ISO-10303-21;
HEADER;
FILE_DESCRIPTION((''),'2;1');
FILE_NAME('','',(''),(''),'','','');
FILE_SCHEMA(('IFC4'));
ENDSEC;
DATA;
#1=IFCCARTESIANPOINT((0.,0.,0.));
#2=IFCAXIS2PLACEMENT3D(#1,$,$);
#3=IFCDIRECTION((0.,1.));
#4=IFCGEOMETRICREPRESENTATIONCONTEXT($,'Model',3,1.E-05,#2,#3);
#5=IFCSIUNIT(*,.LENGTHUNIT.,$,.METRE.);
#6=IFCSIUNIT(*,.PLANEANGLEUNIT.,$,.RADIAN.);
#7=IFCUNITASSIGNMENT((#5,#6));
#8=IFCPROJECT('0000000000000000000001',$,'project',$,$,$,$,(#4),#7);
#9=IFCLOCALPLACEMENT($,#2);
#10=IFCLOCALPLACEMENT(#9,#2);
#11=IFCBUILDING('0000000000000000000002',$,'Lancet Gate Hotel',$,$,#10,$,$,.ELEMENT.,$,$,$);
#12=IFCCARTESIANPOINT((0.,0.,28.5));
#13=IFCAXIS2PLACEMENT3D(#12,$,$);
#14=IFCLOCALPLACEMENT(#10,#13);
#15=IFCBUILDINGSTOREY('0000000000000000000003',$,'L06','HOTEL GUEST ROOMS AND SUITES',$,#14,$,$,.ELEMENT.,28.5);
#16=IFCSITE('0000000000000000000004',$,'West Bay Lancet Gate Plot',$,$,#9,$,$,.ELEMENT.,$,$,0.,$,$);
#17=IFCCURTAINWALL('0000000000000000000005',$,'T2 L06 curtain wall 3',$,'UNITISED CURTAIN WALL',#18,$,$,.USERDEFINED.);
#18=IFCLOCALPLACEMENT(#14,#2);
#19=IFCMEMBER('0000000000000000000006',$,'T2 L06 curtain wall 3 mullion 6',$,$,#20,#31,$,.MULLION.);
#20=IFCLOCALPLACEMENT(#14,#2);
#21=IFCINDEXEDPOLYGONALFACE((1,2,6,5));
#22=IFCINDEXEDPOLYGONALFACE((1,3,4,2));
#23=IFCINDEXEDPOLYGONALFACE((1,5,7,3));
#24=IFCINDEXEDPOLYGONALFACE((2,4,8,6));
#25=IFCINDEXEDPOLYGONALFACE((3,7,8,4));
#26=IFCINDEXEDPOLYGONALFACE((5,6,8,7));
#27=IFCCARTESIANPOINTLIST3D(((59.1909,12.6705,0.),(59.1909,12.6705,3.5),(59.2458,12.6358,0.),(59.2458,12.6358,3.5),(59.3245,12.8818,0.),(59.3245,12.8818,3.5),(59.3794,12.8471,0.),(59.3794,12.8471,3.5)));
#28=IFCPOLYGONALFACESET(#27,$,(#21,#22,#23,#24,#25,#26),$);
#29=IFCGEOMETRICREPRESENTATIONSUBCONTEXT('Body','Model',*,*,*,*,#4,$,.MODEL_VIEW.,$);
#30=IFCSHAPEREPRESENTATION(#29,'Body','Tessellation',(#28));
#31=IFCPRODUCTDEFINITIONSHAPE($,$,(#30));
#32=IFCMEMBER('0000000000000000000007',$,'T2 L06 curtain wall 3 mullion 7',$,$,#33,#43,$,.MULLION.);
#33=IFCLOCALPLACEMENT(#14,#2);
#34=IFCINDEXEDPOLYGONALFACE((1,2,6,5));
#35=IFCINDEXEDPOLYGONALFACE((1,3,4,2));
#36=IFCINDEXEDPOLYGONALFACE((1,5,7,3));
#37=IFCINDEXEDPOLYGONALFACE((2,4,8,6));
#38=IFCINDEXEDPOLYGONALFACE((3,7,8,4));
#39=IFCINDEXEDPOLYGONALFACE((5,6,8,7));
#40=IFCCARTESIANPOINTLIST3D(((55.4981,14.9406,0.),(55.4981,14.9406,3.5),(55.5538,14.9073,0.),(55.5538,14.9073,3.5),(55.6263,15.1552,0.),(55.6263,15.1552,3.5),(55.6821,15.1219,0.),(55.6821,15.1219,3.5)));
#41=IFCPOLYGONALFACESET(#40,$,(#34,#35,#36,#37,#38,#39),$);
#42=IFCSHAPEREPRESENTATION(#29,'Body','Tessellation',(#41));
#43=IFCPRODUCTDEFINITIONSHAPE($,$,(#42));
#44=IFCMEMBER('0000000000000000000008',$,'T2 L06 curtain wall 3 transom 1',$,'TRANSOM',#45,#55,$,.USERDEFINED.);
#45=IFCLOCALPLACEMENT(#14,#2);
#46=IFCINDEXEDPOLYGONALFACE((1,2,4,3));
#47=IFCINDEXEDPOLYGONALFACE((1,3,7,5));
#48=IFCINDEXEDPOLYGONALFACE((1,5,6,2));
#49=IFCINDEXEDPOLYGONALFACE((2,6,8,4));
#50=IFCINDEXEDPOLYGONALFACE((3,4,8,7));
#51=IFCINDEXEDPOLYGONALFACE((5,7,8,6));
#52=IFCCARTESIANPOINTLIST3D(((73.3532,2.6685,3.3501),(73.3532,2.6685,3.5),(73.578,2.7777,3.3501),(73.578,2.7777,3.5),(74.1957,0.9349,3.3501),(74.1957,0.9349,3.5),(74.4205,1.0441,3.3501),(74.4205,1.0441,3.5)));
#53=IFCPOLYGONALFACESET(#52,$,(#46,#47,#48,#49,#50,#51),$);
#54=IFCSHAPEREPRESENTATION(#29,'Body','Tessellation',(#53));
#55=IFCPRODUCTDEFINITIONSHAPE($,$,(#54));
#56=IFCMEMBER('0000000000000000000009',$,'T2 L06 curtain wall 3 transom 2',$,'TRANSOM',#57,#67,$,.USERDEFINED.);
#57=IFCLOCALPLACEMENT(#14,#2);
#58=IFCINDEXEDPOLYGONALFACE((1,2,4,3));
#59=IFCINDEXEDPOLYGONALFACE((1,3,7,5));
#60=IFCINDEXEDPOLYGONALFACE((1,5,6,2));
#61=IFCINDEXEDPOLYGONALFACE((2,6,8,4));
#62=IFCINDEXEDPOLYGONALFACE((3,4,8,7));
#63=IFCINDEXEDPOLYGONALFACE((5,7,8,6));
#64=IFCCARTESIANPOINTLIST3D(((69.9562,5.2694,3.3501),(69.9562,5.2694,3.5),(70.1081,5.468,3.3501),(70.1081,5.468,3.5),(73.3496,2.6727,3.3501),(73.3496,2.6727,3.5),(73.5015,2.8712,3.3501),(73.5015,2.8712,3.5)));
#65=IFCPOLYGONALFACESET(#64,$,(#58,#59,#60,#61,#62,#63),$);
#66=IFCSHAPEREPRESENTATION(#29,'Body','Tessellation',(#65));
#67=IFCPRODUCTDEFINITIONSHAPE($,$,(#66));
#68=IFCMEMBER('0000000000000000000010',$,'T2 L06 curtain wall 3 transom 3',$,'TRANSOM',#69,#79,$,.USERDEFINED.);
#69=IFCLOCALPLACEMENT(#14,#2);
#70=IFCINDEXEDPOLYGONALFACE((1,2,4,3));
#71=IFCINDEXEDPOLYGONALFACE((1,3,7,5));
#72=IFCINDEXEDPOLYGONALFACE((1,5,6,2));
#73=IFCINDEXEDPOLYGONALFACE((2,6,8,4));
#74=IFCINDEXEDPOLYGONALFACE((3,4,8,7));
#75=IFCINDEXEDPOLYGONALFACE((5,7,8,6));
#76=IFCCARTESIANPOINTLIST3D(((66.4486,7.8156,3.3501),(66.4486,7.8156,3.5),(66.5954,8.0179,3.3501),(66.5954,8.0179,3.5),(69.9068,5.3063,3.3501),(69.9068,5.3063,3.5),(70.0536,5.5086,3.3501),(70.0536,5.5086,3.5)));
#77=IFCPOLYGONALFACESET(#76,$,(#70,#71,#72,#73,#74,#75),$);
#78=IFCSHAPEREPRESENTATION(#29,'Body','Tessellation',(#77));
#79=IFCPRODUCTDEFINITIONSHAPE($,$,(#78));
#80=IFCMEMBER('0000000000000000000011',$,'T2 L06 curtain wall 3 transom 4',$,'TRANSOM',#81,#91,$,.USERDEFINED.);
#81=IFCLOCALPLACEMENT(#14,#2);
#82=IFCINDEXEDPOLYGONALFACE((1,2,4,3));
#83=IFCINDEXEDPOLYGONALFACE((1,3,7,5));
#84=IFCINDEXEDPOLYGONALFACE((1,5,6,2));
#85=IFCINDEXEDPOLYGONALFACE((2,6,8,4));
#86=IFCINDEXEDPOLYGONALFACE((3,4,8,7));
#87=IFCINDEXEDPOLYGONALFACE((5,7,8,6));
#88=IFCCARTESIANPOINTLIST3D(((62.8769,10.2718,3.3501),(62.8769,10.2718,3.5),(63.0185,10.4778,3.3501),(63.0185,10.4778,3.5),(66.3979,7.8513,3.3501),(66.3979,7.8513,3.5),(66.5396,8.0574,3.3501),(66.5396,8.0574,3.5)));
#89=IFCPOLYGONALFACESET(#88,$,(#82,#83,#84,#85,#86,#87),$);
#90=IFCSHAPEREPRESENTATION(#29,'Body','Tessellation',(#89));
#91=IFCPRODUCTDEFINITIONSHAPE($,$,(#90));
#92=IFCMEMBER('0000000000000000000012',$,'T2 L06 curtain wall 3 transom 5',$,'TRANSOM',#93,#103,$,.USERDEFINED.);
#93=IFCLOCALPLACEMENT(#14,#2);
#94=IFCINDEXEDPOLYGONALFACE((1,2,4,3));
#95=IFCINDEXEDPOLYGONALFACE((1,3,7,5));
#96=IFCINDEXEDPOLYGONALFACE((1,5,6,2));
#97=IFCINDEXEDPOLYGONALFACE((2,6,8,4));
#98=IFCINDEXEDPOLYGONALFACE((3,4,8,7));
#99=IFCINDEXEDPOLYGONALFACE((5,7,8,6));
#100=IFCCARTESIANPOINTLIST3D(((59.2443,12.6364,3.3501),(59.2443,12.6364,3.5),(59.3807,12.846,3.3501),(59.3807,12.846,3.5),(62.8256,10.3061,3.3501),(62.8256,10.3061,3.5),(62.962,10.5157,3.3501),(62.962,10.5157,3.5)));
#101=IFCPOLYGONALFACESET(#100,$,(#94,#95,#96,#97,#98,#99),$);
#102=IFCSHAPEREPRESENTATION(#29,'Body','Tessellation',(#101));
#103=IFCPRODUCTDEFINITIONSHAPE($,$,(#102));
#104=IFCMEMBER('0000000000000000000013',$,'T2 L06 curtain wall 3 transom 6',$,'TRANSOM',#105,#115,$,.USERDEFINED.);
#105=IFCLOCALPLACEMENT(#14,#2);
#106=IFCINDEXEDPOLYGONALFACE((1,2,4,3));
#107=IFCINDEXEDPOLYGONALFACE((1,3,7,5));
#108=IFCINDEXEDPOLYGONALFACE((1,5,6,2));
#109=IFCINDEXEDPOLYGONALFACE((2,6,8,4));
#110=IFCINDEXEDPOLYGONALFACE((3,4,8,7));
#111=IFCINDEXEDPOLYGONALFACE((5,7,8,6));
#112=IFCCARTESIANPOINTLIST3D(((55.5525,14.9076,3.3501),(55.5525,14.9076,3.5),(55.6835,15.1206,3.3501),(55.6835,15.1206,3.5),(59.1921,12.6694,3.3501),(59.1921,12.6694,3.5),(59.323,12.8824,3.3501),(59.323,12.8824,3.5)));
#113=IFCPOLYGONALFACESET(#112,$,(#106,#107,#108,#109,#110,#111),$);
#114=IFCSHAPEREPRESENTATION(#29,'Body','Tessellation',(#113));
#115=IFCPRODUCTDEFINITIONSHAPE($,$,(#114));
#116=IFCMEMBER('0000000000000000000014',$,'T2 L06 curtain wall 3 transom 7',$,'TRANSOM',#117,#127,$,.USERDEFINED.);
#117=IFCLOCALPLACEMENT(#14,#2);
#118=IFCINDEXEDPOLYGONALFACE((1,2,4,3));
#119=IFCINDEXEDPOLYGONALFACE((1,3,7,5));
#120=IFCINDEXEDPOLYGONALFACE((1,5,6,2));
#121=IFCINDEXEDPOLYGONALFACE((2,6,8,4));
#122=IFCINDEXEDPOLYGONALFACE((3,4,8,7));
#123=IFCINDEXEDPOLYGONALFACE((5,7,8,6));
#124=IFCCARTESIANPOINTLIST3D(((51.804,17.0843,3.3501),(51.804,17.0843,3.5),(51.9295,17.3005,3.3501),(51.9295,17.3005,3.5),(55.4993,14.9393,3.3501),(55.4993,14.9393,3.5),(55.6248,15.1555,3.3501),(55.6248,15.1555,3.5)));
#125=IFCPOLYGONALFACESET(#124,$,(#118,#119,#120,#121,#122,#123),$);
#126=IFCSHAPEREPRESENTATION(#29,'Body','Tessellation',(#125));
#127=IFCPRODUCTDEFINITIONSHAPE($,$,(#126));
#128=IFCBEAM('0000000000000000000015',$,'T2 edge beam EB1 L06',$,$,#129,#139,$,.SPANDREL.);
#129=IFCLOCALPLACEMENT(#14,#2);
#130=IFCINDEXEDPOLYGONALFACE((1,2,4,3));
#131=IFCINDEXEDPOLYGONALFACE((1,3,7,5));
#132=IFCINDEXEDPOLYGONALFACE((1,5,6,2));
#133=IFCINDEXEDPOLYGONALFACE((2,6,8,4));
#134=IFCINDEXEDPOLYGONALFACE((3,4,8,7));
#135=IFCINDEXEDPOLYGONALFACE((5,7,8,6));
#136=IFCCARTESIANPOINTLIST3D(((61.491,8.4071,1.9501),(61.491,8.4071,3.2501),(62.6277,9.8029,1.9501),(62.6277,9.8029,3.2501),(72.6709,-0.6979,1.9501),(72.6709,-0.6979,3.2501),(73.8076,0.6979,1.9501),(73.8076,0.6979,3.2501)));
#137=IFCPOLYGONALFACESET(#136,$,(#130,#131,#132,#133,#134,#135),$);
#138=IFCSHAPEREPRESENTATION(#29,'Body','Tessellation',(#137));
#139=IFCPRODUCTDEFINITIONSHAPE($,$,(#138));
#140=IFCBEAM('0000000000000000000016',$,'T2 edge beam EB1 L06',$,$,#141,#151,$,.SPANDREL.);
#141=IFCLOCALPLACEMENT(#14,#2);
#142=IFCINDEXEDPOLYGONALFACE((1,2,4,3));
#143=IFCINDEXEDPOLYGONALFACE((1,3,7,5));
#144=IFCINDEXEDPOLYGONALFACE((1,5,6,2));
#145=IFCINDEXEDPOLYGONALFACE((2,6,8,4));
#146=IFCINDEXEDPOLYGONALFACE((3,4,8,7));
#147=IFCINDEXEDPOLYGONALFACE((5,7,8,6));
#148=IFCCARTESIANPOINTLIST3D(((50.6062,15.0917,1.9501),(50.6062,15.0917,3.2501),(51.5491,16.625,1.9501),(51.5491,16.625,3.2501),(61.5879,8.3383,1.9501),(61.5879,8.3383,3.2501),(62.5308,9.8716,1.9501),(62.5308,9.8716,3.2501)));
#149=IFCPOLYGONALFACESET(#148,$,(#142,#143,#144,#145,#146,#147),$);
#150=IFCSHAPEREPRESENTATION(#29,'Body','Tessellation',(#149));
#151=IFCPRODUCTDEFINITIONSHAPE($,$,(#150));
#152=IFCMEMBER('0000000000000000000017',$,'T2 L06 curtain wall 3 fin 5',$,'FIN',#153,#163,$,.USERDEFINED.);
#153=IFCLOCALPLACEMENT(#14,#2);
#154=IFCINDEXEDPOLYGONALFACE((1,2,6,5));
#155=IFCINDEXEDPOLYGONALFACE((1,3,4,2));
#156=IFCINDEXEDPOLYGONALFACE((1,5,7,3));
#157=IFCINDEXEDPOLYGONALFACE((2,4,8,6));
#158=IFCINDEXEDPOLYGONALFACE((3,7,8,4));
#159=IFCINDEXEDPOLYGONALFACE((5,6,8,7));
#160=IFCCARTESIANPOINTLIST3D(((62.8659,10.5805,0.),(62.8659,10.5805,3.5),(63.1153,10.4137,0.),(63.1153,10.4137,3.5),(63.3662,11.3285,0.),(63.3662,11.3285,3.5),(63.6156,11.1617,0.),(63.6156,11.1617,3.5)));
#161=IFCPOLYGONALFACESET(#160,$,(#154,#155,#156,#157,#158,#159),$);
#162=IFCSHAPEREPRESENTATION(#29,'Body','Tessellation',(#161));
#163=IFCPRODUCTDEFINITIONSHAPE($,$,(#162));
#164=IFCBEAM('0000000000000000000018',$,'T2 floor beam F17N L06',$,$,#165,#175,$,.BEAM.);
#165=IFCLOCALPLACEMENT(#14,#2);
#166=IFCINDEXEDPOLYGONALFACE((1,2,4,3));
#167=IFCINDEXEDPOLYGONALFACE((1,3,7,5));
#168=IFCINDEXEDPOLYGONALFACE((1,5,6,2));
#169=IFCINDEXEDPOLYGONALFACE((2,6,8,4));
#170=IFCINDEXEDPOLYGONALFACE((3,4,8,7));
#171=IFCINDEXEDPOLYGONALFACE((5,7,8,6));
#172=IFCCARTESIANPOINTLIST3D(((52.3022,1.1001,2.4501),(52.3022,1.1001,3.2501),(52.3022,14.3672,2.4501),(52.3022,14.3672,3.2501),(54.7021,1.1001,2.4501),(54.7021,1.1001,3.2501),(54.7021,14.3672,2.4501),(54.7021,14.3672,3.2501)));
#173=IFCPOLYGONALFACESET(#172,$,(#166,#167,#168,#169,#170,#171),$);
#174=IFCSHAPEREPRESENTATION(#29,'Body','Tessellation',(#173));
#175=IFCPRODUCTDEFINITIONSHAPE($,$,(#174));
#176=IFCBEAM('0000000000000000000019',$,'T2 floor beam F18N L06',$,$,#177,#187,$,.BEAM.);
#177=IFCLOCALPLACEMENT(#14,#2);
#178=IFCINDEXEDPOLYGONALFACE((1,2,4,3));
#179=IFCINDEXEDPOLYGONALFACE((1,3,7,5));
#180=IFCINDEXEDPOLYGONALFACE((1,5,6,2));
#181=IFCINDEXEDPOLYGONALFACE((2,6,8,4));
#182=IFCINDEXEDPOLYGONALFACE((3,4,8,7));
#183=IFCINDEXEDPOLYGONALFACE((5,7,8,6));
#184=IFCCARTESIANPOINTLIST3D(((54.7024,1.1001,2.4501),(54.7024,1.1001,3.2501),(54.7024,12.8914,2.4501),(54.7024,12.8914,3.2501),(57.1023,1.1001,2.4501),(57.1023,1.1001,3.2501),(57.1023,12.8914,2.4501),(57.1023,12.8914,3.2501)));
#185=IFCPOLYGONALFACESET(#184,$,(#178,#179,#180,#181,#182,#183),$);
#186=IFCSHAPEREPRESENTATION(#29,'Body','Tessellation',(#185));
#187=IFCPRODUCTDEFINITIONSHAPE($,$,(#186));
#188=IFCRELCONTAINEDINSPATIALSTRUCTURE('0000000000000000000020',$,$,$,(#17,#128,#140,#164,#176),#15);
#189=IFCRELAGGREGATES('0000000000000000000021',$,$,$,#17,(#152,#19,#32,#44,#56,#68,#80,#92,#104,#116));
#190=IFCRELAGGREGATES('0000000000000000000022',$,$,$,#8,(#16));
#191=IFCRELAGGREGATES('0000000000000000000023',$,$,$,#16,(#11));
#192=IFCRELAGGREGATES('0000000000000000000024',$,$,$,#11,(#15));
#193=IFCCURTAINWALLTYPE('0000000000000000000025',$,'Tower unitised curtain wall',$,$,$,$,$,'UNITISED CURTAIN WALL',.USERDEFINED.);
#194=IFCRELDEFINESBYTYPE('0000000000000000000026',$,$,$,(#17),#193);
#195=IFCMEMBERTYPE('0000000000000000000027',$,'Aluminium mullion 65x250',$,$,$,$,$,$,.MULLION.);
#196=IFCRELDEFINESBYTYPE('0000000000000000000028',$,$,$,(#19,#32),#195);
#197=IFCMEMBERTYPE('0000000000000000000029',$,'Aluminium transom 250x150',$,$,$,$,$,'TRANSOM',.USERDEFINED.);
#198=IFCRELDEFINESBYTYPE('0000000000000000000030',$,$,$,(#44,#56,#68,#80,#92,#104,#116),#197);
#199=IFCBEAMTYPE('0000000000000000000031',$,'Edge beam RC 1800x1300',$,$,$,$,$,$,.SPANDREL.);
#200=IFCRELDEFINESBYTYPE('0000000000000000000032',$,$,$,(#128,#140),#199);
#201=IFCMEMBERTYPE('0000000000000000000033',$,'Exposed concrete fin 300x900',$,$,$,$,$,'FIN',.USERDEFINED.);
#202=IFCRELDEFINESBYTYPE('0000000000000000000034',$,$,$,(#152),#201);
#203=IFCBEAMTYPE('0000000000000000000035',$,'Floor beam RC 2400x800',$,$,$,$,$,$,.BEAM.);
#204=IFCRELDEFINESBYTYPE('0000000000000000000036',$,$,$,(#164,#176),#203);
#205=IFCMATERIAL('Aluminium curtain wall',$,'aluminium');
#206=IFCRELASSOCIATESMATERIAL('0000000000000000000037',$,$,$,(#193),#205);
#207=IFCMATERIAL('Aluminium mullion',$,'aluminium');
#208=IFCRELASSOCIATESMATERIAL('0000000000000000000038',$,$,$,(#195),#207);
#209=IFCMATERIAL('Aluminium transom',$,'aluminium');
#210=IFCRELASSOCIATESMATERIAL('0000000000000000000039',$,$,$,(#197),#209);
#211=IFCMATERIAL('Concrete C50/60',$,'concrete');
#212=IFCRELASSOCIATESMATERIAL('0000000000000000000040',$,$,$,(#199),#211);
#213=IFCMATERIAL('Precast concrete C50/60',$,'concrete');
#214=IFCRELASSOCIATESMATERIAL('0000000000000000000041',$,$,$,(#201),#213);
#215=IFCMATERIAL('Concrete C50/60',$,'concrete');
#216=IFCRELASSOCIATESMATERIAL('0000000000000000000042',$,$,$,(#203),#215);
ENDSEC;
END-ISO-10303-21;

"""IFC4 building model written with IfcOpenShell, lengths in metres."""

from ifc_helpers import new_model, si_unit, direction, frame, origin, origin_2d, place, context, subcontext, project, spatial, rectangle, extrude, material, material_profile, profile_set, type_object, element, aggregate, save


model = new_model("IFC4")

# Units and contexts
model_context = context("Model", 3, precision=1e-05, world=origin(), true_north=direction((0.0, 1.0)))
body_context = subcontext(model_context, "Body", "Model", "MODEL_VIEW")
ifc_project = project(units=[si_unit("LENGTHUNIT", "METRE"), si_unit("PLANEANGLEUNIT", "RADIAN")], contexts=[model_context])

# Site, building, storey
site_placement = place(None, origin())
site = spatial("IfcSite", under=ifc_project, at=site_placement, Name="West Bay Lancet Gate Plot", CompositionType="ELEMENT", RefElevation=0.0)
building_placement = place(site_placement, origin())
building = spatial("IfcBuilding", under=site, at=building_placement, Name="Lancet Gate Hotel", CompositionType="ELEMENT")
storey_placement = place(building_placement, frame((0.0, 0.0, 28.5)))
storey = spatial("IfcBuildingStorey", under=building, at=storey_placement, Name="L06", Description="HOTEL GUEST ROOMS AND SUITES", CompositionType="ELEMENT", Elevation=28.5)

# Curtain wall, members
ifc_material_1 = material(Name="Aluminium curtain wall", Category="aluminium")
curtain_wall_type = type_object("IfcCurtainWallType", Name="Tower unitised curtain wall", ElementType="UNITISED CURTAIN WALL", PredefinedType="USERDEFINED", material=ifc_material_1)
curtain_wall_placement = place(storey_placement, origin())
curtain_wall = element("IfcCurtainWall", 1, at=curtain_wall_placement, inside=storey, type_object=curtain_wall_type, Name="T2 L06 curtain wall 3", ObjectType="UNITISED CURTAIN WALL", PredefinedType="USERDEFINED")
ifc_material_2 = material(Name="Aluminium mullion", Category="aluminium")
ifc_material_profile_1 = material_profile(ifc_material_2, rectangle(XDim=0.0649, YDim=0.25, at=origin_2d()), Name="MULLION 65x250")
ifc_profile_set_1 = profile_set([ifc_material_profile_1], Name="Aluminium mullion")
member_type_1 = type_object("IfcMemberType", Name="Aluminium mullion 65x250", PredefinedType="MULLION", material=ifc_profile_set_1)
member_1_placement = place(storey_placement, frame((59.2852, 12.7588, 0.0), z_axis=(0.0, 0.0, 1.0), x_axis=(-0.845079, 0.534641, 0.0)))
member_1 = element("IfcMember", 2, at=member_1_placement, type_object=member_type_1, Name="T2 L06 curtain wall 3 mullion 6", PredefinedType="MULLION", context=body_context, shape_type="SweptSolid", body=[
    extrude(rectangle(XDim=0.0649, YDim=0.25, at=origin_2d()), origin(), (0.0, 0.0, 1.0), 3.5),
])
member_2_placement = place(storey_placement, frame((55.5901, 15.0312, 0.0), z_axis=(0.0, 0.0, 1.0), x_axis=(-0.858413, 0.512959, 0.0)))
member_2 = element("IfcMember", 3, at=member_2_placement, type_object=member_type_1, Name="T2 L06 curtain wall 3 mullion 7", PredefinedType="MULLION", context=body_context, shape_type="SweptSolid", body=[
    extrude(rectangle(XDim=0.0649, YDim=0.25, at=origin_2d()), origin(), (0.0, 0.0, 1.0), 3.5),
])
ifc_material_3 = material(Name="Aluminium transom", Category="aluminium")
ifc_material_profile_2 = material_profile(ifc_material_3, rectangle(XDim=0.25, YDim=0.1499, at=origin_2d()), Name="TRANSOM 250x150")
ifc_profile_set_2 = profile_set([ifc_material_profile_2], Name="Aluminium transom")
member_type_2 = type_object("IfcMemberType", Name="Aluminium transom 250x150", ElementType="TRANSOM", PredefinedType="USERDEFINED", material=ifc_profile_set_2)
member_3_placement = place(storey_placement, frame((74.3081, 0.9895, 3.425), z_axis=(-0.437103, 0.899411, 0.0), x_axis=(-0.899411, -0.437103, 0.0)))
member_3 = element("IfcMember", 4, at=member_3_placement, type_object=member_type_2, Name="T2 L06 curtain wall 3 transom 1", ObjectType="TRANSOM", PredefinedType="USERDEFINED", context=body_context, shape_type="SweptSolid", body=[
    extrude(rectangle(XDim=0.25, YDim=0.1499, at=origin_2d()), origin(), (0.0, 0.0, 1.0), 1.9275),
])
member_4_placement = place(storey_placement, frame((73.4255, 2.772, 3.425), z_axis=(-0.794155, 0.607715, 0.0), x_axis=(-0.607715, -0.794155, 0.0)))
member_4 = element("IfcMember", 5, at=member_4_placement, type_object=member_type_2, Name="T2 L06 curtain wall 3 transom 2", ObjectType="TRANSOM", PredefinedType="USERDEFINED", context=body_context, shape_type="SweptSolid", body=[
    extrude(rectangle(XDim=0.25, YDim=0.1499, at=origin_2d()), origin(), (0.0, 0.0, 1.0), 4.2729),
])
member_5_placement = place(storey_placement, frame((69.9802, 5.4075, 3.425), z_axis=(-0.809383, 0.587281, 0.0), x_axis=(-0.587281, -0.809383, 0.0)))
member_5 = element("IfcMember", 6, at=member_5_placement, type_object=member_type_2, Name="T2 L06 curtain wall 3 transom 3", ObjectType="TRANSOM", PredefinedType="USERDEFINED", context=body_context, shape_type="SweptSolid", body=[
    extrude(rectangle(XDim=0.25, YDim=0.1499, at=origin_2d()), origin(), (0.0, 0.0, 1.0), 4.2727),
])
member_6_placement = place(storey_placement, frame((66.4688, 7.9543, 3.425), z_axis=(-0.824072, 0.566485, 0.0), x_axis=(-0.566485, -0.824072, 0.0)))
member_6 = element("IfcMember", 7, at=member_6_placement, type_object=member_type_2, Name="T2 L06 curtain wall 3 transom 4", ObjectType="TRANSOM", PredefinedType="USERDEFINED", context=body_context, shape_type="SweptSolid", body=[
    extrude(rectangle(XDim=0.25, YDim=0.1499, at=origin_2d()), origin(), (0.0, 0.0, 1.0), 4.2727),
])
member_7_placement = place(storey_placement, frame((62.8938, 10.4109, 3.425), z_axis=(-0.838179, 0.545396, 0.0), x_axis=(-0.545396, -0.838179, 0.0)))
member_7 = element("IfcMember", 8, at=member_7_placement, type_object=member_type_2, Name="T2 L06 curtain wall 3 transom 5", ObjectType="TRANSOM", PredefinedType="USERDEFINED", context=body_context, shape_type="SweptSolid", body=[
    extrude(rectangle(XDim=0.25, YDim=0.1499, at=origin_2d()), origin(), (0.0, 0.0, 1.0), 4.2727),
])
member_8_placement = place(storey_placement, frame((59.2576, 12.7759, 3.425), z_axis=(-0.851815, 0.523842, 0.0), x_axis=(-0.523842, -0.851815, 0.0)))
member_8 = element("IfcMember", 9, at=member_8_placement, type_object=member_type_2, Name="T2 L06 curtain wall 3 transom 6", ObjectType="TRANSOM", PredefinedType="USERDEFINED", context=body_context, shape_type="SweptSolid", body=[
    extrude(rectangle(XDim=0.25, YDim=0.1499, at=origin_2d()), origin(), (0.0, 0.0, 1.0), 4.2727),
])
member_9_placement = place(storey_placement, frame((55.562, 15.0474, 3.425), z_axis=(-0.864855, 0.502022, 0.0), x_axis=(-0.502022, -0.864855, 0.0)))
member_9 = element("IfcMember", 10, at=member_9_placement, type_object=member_type_2, Name="T2 L06 curtain wall 3 transom 7", ObjectType="TRANSOM", PredefinedType="USERDEFINED", context=body_context, shape_type="SweptSolid", body=[
    extrude(rectangle(XDim=0.25, YDim=0.1499, at=origin_2d()), origin(), (0.0, 0.0, 1.0), 4.2727),
])

# Beams
ifc_material_4 = material(Name="Concrete C50/60", Category="concrete")
ifc_material_profile_3 = material_profile(ifc_material_4, rectangle(XDim=1.8, YDim=1.3, at=origin_2d()), Name="RC 1800x1300")
ifc_profile_set_3 = profile_set([ifc_material_profile_3], Name="Concrete C50/60")
beam_type_1 = type_object("IfcBeamType", Name="Edge beam RC 1800x1300", PredefinedType="SPANDREL", material=ifc_profile_set_3)
beam_1_placement = place(storey_placement, frame((73.2393, 0.0, 2.6001), z_axis=(-0.775391, 0.631481, 0.0), x_axis=(-0.631481, -0.775391, 0.0)))
element("IfcBeam", 11, at=beam_1_placement, inside=storey, type_object=beam_type_1, Name="T2 edge beam EB1 L06", PredefinedType="SPANDREL", context=body_context, shape_type="SweptSolid", body=[
    extrude(rectangle(XDim=1.8, YDim=1.3, at=origin_2d()), origin(), (0.0, 0.0, 1.0), 14.4185),
])
beam_2_placement = place(storey_placement, frame((62.0593, 9.105, 2.6001), z_axis=(-0.851816, 0.523842, 0.0), x_axis=(-0.523842, -0.851816, 0.0)))
element("IfcBeam", 12, at=beam_2_placement, inside=storey, type_object=beam_type_1, Name="T2 edge beam EB1 L06", PredefinedType="SPANDREL", context=body_context, shape_type="SweptSolid", body=[
    extrude(rectangle(XDim=1.8, YDim=1.3, at=origin_2d()), origin(), (0.0, 0.0, 1.0), 12.8921),
])

# Member
ifc_material_5 = material(Name="Precast concrete C50/60", Category="concrete")
ifc_material_profile_4 = material_profile(ifc_material_5, rectangle(XDim=0.3, YDim=0.8999, at=origin_2d()), Name="FIN 300x900")
ifc_profile_set_4 = profile_set([ifc_material_profile_4], Name="Precast concrete C50/60")
member_type_3 = type_object("IfcMemberType", Name="Exposed concrete fin 300x900", ElementType="FIN", PredefinedType="USERDEFINED", material=ifc_profile_set_4)
member_10_placement = place(storey_placement, frame((63.2407, 10.8711, 0.0), z_axis=(0.0, 0.0, 1.0), x_axis=(-0.831198, 0.555976, 0.0)))
member_10 = element("IfcMember", 13, at=member_10_placement, type_object=member_type_3, Name="T2 L06 curtain wall 3 fin 5", ObjectType="FIN", PredefinedType="USERDEFINED", context=body_context, shape_type="SweptSolid", body=[
    extrude(rectangle(XDim=0.3, YDim=0.8999, at=origin_2d()), origin(), (0.0, 0.0, 1.0), 3.5),
])

# Beams
ifc_material_6 = material(Name="Concrete C50/60", Category="concrete")
ifc_material_profile_5 = material_profile(ifc_material_6, rectangle(XDim=2.3999, YDim=0.8, at=origin_2d()), Name="RC 2400x800")
ifc_profile_set_5 = profile_set([ifc_material_profile_5], Name="Concrete C50/60")
beam_type_2 = type_object("IfcBeamType", Name="Floor beam RC 2400x800", PredefinedType="BEAM", material=ifc_profile_set_5)
beam_3_placement = place(storey_placement, frame((53.5022, 1.1001, 2.8501), z_axis=(0.0, 1.0, 0.0), x_axis=(-1.0, 0.0, 0.0)))
element("IfcBeam", 14, at=beam_3_placement, inside=storey, type_object=beam_type_2, Name="T2 floor beam F17N L06", PredefinedType="BEAM", context=body_context, shape_type="SweptSolid", body=[
    extrude(rectangle(XDim=2.3999, YDim=0.8, at=origin_2d()), origin(), (0.0, 0.0, 1.0), 13.2671),
])
beam_4_placement = place(storey_placement, frame((55.9023, 1.1001, 2.8501), z_axis=(0.0, 1.0, 0.0), x_axis=(-1.0, 0.0, 0.0)))
element("IfcBeam", 15, at=beam_4_placement, inside=storey, type_object=beam_type_2, Name="T2 floor beam F18N L06", PredefinedType="BEAM", context=body_context, shape_type="SweptSolid", body=[
    extrude(rectangle(XDim=2.3999, YDim=0.8, at=origin_2d()), origin(), (0.0, 0.0, 1.0), 11.7913),
])

aggregate(curtain_wall, [member_10, member_1, member_2, member_3, member_4, member_5, member_6, member_7, member_8, member_9])

save(model, "model.ifc")
